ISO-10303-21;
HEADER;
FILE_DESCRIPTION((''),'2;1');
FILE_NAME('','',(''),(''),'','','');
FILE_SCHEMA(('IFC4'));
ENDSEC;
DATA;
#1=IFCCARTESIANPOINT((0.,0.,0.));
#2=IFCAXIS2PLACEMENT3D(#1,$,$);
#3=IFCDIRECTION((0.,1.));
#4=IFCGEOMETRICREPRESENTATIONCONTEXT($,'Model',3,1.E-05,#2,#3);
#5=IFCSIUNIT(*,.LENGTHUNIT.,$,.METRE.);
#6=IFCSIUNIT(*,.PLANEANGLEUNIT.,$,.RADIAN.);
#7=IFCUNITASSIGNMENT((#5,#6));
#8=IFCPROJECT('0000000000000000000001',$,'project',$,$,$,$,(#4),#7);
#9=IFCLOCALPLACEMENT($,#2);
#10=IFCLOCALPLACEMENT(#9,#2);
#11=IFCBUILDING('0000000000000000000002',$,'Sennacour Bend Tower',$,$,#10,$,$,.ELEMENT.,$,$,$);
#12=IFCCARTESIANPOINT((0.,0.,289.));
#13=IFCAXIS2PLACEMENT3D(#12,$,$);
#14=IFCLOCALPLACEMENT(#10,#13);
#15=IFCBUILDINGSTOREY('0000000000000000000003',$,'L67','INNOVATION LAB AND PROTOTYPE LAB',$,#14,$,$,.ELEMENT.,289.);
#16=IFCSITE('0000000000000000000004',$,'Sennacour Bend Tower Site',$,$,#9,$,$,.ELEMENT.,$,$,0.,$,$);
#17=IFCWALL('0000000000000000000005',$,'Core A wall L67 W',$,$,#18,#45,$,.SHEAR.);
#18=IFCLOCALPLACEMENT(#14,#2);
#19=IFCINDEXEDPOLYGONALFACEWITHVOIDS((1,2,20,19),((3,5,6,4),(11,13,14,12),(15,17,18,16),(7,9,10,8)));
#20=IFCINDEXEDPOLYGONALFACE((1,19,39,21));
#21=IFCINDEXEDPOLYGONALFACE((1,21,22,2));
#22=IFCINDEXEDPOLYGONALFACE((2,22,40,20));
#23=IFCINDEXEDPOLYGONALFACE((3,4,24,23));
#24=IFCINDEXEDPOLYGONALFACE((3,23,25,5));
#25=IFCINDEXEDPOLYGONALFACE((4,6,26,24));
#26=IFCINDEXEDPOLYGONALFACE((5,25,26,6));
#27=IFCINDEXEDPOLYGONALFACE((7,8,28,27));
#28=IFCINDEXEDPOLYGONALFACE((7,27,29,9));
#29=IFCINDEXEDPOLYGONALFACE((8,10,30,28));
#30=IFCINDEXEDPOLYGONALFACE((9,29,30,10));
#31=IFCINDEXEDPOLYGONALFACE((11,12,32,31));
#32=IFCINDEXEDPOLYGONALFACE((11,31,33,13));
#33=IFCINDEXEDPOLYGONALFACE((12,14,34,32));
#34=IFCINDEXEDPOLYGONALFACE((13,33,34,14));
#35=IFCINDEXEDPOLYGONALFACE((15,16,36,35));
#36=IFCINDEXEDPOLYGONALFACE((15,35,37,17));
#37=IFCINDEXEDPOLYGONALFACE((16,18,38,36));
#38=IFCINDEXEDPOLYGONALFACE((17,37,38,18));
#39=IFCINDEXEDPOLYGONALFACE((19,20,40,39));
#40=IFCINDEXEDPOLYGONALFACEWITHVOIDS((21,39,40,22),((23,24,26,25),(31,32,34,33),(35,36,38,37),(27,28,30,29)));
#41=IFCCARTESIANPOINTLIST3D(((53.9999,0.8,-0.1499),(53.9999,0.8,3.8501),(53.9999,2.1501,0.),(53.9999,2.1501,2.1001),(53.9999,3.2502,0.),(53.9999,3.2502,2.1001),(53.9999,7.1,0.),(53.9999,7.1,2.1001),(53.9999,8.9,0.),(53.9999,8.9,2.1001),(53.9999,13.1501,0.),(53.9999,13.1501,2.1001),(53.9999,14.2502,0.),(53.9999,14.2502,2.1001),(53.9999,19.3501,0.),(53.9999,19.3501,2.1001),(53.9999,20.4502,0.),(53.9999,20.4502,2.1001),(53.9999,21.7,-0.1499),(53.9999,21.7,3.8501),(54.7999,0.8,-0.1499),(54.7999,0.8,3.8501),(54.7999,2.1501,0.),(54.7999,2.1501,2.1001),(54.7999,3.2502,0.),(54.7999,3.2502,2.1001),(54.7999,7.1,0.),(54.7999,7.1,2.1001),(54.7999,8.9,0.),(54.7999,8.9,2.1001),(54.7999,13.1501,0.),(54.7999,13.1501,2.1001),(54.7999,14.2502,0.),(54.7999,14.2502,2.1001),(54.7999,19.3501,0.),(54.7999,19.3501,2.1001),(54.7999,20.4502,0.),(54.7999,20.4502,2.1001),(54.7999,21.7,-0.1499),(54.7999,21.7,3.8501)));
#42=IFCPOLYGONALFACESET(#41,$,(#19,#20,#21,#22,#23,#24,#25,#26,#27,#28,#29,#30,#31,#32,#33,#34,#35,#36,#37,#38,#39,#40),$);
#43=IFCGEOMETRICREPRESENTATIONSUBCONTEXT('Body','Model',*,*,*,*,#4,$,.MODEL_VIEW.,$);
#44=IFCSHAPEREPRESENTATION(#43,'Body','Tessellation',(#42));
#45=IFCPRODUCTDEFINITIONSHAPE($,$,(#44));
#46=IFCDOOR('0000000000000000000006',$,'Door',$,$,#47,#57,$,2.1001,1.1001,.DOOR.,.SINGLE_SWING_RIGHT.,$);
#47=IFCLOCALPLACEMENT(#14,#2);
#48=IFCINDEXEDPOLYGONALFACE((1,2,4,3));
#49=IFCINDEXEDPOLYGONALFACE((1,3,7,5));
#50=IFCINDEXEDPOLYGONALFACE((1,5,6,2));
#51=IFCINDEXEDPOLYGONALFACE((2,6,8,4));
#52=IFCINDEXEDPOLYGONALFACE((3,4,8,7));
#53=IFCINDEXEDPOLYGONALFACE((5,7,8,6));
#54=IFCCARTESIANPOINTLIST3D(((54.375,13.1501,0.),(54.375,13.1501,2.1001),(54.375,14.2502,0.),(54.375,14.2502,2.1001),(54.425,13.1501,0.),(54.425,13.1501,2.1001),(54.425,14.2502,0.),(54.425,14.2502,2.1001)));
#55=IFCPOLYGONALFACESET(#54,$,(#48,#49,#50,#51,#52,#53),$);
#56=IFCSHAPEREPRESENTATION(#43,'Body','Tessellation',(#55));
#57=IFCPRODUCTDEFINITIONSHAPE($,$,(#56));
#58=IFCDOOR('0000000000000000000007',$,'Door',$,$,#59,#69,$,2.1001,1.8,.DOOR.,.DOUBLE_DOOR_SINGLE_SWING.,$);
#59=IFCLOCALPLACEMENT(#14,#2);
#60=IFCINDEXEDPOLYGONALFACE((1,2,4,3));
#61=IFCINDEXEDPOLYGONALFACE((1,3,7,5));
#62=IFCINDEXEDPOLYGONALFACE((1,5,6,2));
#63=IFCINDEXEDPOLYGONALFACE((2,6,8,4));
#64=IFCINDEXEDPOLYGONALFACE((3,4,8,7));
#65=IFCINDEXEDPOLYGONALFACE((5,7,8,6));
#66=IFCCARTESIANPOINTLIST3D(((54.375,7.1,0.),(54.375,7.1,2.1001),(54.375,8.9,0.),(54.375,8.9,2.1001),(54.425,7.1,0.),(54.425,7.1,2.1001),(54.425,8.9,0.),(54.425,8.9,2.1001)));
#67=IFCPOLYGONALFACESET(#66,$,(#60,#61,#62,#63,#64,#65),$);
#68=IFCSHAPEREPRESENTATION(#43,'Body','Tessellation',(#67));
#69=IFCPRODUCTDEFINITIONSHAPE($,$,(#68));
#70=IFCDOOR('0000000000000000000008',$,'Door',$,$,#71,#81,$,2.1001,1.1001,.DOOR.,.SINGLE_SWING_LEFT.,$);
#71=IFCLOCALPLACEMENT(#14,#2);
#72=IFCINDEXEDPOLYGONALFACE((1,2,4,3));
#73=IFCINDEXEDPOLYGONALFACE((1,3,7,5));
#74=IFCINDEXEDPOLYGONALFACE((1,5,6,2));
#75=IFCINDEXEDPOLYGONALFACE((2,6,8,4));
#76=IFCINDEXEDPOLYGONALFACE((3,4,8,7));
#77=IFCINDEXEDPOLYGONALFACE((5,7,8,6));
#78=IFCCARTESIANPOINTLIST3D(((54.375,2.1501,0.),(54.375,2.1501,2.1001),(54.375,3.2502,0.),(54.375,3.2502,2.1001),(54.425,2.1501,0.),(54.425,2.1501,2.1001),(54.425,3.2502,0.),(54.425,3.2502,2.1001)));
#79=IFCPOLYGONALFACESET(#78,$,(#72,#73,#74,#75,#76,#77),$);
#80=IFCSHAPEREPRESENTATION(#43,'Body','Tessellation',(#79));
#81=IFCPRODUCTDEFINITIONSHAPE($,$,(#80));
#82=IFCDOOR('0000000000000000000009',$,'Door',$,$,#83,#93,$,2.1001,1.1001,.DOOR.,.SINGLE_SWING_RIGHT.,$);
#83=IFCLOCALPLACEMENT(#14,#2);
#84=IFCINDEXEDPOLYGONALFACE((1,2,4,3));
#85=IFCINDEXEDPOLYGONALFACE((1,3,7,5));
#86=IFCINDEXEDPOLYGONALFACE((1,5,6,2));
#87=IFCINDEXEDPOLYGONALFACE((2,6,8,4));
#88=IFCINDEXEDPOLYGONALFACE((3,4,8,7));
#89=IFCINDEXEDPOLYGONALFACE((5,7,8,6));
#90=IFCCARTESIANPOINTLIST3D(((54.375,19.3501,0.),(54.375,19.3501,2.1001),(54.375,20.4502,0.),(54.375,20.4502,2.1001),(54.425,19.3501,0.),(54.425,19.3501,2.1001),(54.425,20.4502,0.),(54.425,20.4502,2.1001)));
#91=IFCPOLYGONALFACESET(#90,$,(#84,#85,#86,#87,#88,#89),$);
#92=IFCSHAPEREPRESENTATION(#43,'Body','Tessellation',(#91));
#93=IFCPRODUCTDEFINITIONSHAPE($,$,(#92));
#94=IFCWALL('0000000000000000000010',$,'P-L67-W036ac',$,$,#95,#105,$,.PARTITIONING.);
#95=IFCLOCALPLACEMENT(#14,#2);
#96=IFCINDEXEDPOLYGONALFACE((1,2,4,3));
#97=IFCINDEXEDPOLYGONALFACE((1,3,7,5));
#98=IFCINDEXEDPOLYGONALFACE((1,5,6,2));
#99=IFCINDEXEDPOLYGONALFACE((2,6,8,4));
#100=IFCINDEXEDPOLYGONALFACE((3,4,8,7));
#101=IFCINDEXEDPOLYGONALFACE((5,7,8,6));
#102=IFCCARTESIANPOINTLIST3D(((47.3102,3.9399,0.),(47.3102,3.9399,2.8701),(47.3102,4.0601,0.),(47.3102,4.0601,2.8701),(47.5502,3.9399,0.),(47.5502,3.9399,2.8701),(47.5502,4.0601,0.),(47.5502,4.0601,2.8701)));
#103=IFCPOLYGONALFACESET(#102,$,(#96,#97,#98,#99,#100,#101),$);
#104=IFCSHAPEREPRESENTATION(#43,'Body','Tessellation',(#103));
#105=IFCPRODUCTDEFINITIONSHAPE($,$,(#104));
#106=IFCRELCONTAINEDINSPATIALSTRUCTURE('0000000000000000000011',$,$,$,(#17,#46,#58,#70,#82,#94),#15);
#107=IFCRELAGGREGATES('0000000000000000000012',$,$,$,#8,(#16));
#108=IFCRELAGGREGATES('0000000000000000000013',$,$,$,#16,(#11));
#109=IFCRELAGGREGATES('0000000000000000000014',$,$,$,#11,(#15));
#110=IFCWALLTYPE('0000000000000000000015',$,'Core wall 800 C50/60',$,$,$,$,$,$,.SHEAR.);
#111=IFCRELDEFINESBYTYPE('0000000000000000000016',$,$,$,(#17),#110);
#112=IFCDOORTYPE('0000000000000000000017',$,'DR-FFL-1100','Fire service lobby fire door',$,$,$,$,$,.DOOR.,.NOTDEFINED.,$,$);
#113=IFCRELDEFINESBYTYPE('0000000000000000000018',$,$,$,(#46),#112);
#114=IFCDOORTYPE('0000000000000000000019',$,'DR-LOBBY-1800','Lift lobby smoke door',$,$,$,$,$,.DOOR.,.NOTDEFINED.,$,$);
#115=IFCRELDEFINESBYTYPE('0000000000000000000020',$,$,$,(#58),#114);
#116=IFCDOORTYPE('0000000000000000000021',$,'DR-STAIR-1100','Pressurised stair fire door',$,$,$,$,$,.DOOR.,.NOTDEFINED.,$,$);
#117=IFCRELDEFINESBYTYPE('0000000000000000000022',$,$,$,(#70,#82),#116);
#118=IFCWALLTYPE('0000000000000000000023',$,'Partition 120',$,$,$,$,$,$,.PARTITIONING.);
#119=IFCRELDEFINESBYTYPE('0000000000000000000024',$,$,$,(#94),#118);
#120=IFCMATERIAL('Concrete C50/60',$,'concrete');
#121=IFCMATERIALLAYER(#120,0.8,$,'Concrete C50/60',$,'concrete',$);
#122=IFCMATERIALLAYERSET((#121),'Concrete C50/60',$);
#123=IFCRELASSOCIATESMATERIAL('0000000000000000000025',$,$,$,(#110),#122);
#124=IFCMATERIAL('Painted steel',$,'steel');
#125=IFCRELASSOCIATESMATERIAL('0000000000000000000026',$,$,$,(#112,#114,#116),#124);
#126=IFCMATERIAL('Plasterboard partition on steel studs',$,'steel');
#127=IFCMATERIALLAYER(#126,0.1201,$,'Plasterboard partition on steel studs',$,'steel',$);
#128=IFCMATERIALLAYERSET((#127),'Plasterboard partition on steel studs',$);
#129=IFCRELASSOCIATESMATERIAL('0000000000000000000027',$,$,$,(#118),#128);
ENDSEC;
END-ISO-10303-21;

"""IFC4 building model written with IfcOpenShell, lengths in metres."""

from ifc_helpers import new_model, si_unit, direction, frame, frame_2d, origin, place, context, subcontext, project, spatial, rectangle, extrude, material, layer, layer_set, type_object, element, fill, save


model = new_model("IFC4")

# Units and contexts
model_context = context("Model", 3, precision=1e-05, world=origin(), true_north=direction((0.0, 1.0)))
body_context = subcontext(model_context, "Body", "Model", "MODEL_VIEW")
ifc_project = project(units=[si_unit("LENGTHUNIT", "METRE"), si_unit("PLANEANGLEUNIT", "RADIAN")], contexts=[model_context])

# Site, building, storey
site_placement = place(None, origin())
site = spatial("IfcSite", under=ifc_project, at=site_placement, Name="Sennacour Bend Tower Site", CompositionType="ELEMENT", RefElevation=0.0)
building_placement = place(site_placement, origin())
building = spatial("IfcBuilding", under=site, at=building_placement, Name="Sennacour Bend Tower", CompositionType="ELEMENT")
storey_placement = place(building_placement, frame((0.0, 0.0, 289.0)))
storey = spatial("IfcBuildingStorey", under=building, at=storey_placement, Name="L67", Description="INNOVATION LAB AND PROTOTYPE LAB", CompositionType="ELEMENT", Elevation=289.0)

# Wall, openings, doors
ifc_material_1 = material(Name="Concrete C50/60", Category="concrete")
ifc_layer_1 = layer(ifc_material_1, 0.8, Name="Concrete C50/60", Category="concrete")
ifc_layer_set_1 = layer_set([ifc_layer_1], Name="Concrete C50/60")
wall_type_1 = type_object("IfcWallType", Name="Core wall 800 C50/60", PredefinedType="SHEAR", material=ifc_layer_set_1)
wall_1_placement = place(storey_placement, frame((54.3999, 0.8, -0.1499), z_axis=(0.0, 0.0, 1.0), x_axis=(0.0, 1.0, 0.0)))
wall_1 = element("IfcWall", 1, at=wall_1_placement, inside=storey, type_object=wall_type_1, Name="Core A wall L67 W", PredefinedType="SHEAR", context=body_context, shape_type="SweptSolid", body=[
    extrude(rectangle(XDim=20.8999, YDim=0.8, at=frame_2d((10.45, 0.0))), origin(), (0.0, 0.0, 1.0), 4.0),
])
opening_1_placement = place(wall_1_placement, frame((6.3, 0.0, 0.1499)))
opening_1 = element("IfcOpeningElement", 2, at=opening_1_placement, cuts=wall_1, PredefinedType="OPENING", context=body_context, shape_type="SweptSolid", body=[
    extrude(rectangle(XDim=1.8, YDim=2.1001, at=frame_2d((0.8999, 1.05))), frame((0.0, 0.4102, 0.0), z_axis=(0.0, -1.0, 0.0), x_axis=(1.0, 0.0, 0.0)), (0.0, 0.0, 1.0), 0.8201),
])
opening_2_placement = place(wall_1_placement, frame((12.3501, 0.0, 0.1499)))
opening_2 = element("IfcOpeningElement", 3, at=opening_2_placement, cuts=wall_1, PredefinedType="OPENING", context=body_context, shape_type="SweptSolid", body=[
    extrude(rectangle(XDim=1.1001, YDim=2.1001, at=frame_2d((0.55, 1.05))), frame((0.0, 0.4102, 0.0), z_axis=(0.0, -1.0, 0.0), x_axis=(1.0, 0.0, 0.0)), (0.0, 0.0, 1.0), 0.8201),
])
opening_3_placement = place(wall_1_placement, frame((1.3501, 0.0, 0.1499)))
opening_3 = element("IfcOpeningElement", 4, at=opening_3_placement, cuts=wall_1, PredefinedType="OPENING", context=body_context, shape_type="SweptSolid", body=[
    extrude(rectangle(XDim=1.1001, YDim=2.1001, at=frame_2d((0.55, 1.05))), frame((0.0, 0.4102, 0.0), z_axis=(0.0, -1.0, 0.0), x_axis=(1.0, 0.0, 0.0)), (0.0, 0.0, 1.0), 0.8201),
])
opening_4_placement = place(wall_1_placement, frame((18.55, 0.0, 0.1499)))
opening_4 = element("IfcOpeningElement", 5, at=opening_4_placement, cuts=wall_1, PredefinedType="OPENING", context=body_context, shape_type="SweptSolid", body=[
    extrude(rectangle(XDim=1.1001, YDim=2.1001, at=frame_2d((0.55, 1.05))), frame((0.0, 0.4102, 0.0), z_axis=(0.0, -1.0, 0.0), x_axis=(1.0, 0.0, 0.0)), (0.0, 0.0, 1.0), 0.8201),
])
ifc_material_2 = material(Name="Painted steel", Category="steel")
door_type_1 = type_object("IfcDoorType", Name="DR-FFL-1100", Description="Fire service lobby fire door", OperationType="NOTDEFINED", PredefinedType="DOOR", material=ifc_material_2)
door_1_placement = place(opening_2_placement, origin())
door_1 = element("IfcDoor", 6, at=door_1_placement, inside=storey, type_object=door_type_1, Name="Door", OperationType="SINGLE_SWING_RIGHT", OverallHeight=2.1001, OverallWidth=1.1001, PredefinedType="DOOR", context=body_context, shape_type="SweptSolid", body=[
    extrude(rectangle(XDim=1.1001, YDim=2.1001, at=frame_2d((0.55, 1.05))), frame((0.0, 0.0249, 0.0), z_axis=(0.0, -1.0, 0.0), x_axis=(1.0, 0.0, 0.0)), (0.0, 0.0, 1.0), 0.05),
])
fill(opening_2, door_1)
door_type_2 = type_object("IfcDoorType", Name="DR-LOBBY-1800", Description="Lift lobby smoke door", OperationType="NOTDEFINED", PredefinedType="DOOR", material=ifc_material_2)
door_2_placement = place(opening_1_placement, origin())
door_2 = element("IfcDoor", 7, at=door_2_placement, inside=storey, type_object=door_type_2, Name="Door", OperationType="DOUBLE_DOOR_SINGLE_SWING", OverallHeight=2.1001, OverallWidth=1.8, PredefinedType="DOOR", context=body_context, shape_type="SweptSolid", body=[
    extrude(rectangle(XDim=1.8, YDim=2.1001, at=frame_2d((0.8999, 1.05))), frame((0.0, 0.0249, 0.0), z_axis=(0.0, -1.0, 0.0), x_axis=(1.0, 0.0, 0.0)), (0.0, 0.0, 1.0), 0.05),
])
fill(opening_1, door_2)
door_type_3 = type_object("IfcDoorType", Name="DR-STAIR-1100", Description="Pressurised stair fire door", OperationType="NOTDEFINED", PredefinedType="DOOR", material=ifc_material_2)
door_3_placement = place(opening_3_placement, origin())
door_3 = element("IfcDoor", 8, at=door_3_placement, inside=storey, type_object=door_type_3, Name="Door", OperationType="SINGLE_SWING_LEFT", OverallHeight=2.1001, OverallWidth=1.1001, PredefinedType="DOOR", context=body_context, shape_type="SweptSolid", body=[
    extrude(rectangle(XDim=1.1001, YDim=2.1001, at=frame_2d((0.55, 1.05))), frame((0.0, 0.0249, 0.0), z_axis=(0.0, -1.0, 0.0), x_axis=(1.0, 0.0, 0.0)), (0.0, 0.0, 1.0), 0.05),
])
fill(opening_3, door_3)
door_4_placement = place(opening_4_placement, origin())
door_4 = element("IfcDoor", 9, at=door_4_placement, inside=storey, type_object=door_type_3, Name="Door", OperationType="SINGLE_SWING_RIGHT", OverallHeight=2.1001, OverallWidth=1.1001, PredefinedType="DOOR", context=body_context, shape_type="SweptSolid", body=[
    extrude(rectangle(XDim=1.1001, YDim=2.1001, at=frame_2d((0.55, 1.05))), frame((0.0, 0.0249, 0.0), z_axis=(0.0, -1.0, 0.0), x_axis=(1.0, 0.0, 0.0)), (0.0, 0.0, 1.0), 0.05),
])
fill(opening_4, door_4)

# Wall
ifc_material_3 = material(Name="Plasterboard partition on steel studs", Category="steel")
ifc_layer_2 = layer(ifc_material_3, 0.1201, Name="Plasterboard partition on steel studs", Category="steel")
ifc_layer_set_2 = layer_set([ifc_layer_2], Name="Plasterboard partition on steel studs")
wall_type_2 = type_object("IfcWallType", Name="Partition 120", PredefinedType="PARTITIONING", material=ifc_layer_set_2)
wall_2_placement = place(storey_placement, frame((47.3101, 4.0, 0.0), z_axis=(0.0, 0.0, 1.0), x_axis=(1.0, 0.0, 0.0)))
element("IfcWall", 10, at=wall_2_placement, inside=storey, type_object=wall_type_2, Name="P-L67-W036ac", PredefinedType="PARTITIONING", context=body_context, shape_type="SweptSolid", body=[
    extrude(rectangle(XDim=0.24, YDim=0.1201, at=frame_2d((0.1201, 0.0))), origin(), (0.0, 0.0, 1.0), 2.8701),
])

save(model, "model.ifc")
